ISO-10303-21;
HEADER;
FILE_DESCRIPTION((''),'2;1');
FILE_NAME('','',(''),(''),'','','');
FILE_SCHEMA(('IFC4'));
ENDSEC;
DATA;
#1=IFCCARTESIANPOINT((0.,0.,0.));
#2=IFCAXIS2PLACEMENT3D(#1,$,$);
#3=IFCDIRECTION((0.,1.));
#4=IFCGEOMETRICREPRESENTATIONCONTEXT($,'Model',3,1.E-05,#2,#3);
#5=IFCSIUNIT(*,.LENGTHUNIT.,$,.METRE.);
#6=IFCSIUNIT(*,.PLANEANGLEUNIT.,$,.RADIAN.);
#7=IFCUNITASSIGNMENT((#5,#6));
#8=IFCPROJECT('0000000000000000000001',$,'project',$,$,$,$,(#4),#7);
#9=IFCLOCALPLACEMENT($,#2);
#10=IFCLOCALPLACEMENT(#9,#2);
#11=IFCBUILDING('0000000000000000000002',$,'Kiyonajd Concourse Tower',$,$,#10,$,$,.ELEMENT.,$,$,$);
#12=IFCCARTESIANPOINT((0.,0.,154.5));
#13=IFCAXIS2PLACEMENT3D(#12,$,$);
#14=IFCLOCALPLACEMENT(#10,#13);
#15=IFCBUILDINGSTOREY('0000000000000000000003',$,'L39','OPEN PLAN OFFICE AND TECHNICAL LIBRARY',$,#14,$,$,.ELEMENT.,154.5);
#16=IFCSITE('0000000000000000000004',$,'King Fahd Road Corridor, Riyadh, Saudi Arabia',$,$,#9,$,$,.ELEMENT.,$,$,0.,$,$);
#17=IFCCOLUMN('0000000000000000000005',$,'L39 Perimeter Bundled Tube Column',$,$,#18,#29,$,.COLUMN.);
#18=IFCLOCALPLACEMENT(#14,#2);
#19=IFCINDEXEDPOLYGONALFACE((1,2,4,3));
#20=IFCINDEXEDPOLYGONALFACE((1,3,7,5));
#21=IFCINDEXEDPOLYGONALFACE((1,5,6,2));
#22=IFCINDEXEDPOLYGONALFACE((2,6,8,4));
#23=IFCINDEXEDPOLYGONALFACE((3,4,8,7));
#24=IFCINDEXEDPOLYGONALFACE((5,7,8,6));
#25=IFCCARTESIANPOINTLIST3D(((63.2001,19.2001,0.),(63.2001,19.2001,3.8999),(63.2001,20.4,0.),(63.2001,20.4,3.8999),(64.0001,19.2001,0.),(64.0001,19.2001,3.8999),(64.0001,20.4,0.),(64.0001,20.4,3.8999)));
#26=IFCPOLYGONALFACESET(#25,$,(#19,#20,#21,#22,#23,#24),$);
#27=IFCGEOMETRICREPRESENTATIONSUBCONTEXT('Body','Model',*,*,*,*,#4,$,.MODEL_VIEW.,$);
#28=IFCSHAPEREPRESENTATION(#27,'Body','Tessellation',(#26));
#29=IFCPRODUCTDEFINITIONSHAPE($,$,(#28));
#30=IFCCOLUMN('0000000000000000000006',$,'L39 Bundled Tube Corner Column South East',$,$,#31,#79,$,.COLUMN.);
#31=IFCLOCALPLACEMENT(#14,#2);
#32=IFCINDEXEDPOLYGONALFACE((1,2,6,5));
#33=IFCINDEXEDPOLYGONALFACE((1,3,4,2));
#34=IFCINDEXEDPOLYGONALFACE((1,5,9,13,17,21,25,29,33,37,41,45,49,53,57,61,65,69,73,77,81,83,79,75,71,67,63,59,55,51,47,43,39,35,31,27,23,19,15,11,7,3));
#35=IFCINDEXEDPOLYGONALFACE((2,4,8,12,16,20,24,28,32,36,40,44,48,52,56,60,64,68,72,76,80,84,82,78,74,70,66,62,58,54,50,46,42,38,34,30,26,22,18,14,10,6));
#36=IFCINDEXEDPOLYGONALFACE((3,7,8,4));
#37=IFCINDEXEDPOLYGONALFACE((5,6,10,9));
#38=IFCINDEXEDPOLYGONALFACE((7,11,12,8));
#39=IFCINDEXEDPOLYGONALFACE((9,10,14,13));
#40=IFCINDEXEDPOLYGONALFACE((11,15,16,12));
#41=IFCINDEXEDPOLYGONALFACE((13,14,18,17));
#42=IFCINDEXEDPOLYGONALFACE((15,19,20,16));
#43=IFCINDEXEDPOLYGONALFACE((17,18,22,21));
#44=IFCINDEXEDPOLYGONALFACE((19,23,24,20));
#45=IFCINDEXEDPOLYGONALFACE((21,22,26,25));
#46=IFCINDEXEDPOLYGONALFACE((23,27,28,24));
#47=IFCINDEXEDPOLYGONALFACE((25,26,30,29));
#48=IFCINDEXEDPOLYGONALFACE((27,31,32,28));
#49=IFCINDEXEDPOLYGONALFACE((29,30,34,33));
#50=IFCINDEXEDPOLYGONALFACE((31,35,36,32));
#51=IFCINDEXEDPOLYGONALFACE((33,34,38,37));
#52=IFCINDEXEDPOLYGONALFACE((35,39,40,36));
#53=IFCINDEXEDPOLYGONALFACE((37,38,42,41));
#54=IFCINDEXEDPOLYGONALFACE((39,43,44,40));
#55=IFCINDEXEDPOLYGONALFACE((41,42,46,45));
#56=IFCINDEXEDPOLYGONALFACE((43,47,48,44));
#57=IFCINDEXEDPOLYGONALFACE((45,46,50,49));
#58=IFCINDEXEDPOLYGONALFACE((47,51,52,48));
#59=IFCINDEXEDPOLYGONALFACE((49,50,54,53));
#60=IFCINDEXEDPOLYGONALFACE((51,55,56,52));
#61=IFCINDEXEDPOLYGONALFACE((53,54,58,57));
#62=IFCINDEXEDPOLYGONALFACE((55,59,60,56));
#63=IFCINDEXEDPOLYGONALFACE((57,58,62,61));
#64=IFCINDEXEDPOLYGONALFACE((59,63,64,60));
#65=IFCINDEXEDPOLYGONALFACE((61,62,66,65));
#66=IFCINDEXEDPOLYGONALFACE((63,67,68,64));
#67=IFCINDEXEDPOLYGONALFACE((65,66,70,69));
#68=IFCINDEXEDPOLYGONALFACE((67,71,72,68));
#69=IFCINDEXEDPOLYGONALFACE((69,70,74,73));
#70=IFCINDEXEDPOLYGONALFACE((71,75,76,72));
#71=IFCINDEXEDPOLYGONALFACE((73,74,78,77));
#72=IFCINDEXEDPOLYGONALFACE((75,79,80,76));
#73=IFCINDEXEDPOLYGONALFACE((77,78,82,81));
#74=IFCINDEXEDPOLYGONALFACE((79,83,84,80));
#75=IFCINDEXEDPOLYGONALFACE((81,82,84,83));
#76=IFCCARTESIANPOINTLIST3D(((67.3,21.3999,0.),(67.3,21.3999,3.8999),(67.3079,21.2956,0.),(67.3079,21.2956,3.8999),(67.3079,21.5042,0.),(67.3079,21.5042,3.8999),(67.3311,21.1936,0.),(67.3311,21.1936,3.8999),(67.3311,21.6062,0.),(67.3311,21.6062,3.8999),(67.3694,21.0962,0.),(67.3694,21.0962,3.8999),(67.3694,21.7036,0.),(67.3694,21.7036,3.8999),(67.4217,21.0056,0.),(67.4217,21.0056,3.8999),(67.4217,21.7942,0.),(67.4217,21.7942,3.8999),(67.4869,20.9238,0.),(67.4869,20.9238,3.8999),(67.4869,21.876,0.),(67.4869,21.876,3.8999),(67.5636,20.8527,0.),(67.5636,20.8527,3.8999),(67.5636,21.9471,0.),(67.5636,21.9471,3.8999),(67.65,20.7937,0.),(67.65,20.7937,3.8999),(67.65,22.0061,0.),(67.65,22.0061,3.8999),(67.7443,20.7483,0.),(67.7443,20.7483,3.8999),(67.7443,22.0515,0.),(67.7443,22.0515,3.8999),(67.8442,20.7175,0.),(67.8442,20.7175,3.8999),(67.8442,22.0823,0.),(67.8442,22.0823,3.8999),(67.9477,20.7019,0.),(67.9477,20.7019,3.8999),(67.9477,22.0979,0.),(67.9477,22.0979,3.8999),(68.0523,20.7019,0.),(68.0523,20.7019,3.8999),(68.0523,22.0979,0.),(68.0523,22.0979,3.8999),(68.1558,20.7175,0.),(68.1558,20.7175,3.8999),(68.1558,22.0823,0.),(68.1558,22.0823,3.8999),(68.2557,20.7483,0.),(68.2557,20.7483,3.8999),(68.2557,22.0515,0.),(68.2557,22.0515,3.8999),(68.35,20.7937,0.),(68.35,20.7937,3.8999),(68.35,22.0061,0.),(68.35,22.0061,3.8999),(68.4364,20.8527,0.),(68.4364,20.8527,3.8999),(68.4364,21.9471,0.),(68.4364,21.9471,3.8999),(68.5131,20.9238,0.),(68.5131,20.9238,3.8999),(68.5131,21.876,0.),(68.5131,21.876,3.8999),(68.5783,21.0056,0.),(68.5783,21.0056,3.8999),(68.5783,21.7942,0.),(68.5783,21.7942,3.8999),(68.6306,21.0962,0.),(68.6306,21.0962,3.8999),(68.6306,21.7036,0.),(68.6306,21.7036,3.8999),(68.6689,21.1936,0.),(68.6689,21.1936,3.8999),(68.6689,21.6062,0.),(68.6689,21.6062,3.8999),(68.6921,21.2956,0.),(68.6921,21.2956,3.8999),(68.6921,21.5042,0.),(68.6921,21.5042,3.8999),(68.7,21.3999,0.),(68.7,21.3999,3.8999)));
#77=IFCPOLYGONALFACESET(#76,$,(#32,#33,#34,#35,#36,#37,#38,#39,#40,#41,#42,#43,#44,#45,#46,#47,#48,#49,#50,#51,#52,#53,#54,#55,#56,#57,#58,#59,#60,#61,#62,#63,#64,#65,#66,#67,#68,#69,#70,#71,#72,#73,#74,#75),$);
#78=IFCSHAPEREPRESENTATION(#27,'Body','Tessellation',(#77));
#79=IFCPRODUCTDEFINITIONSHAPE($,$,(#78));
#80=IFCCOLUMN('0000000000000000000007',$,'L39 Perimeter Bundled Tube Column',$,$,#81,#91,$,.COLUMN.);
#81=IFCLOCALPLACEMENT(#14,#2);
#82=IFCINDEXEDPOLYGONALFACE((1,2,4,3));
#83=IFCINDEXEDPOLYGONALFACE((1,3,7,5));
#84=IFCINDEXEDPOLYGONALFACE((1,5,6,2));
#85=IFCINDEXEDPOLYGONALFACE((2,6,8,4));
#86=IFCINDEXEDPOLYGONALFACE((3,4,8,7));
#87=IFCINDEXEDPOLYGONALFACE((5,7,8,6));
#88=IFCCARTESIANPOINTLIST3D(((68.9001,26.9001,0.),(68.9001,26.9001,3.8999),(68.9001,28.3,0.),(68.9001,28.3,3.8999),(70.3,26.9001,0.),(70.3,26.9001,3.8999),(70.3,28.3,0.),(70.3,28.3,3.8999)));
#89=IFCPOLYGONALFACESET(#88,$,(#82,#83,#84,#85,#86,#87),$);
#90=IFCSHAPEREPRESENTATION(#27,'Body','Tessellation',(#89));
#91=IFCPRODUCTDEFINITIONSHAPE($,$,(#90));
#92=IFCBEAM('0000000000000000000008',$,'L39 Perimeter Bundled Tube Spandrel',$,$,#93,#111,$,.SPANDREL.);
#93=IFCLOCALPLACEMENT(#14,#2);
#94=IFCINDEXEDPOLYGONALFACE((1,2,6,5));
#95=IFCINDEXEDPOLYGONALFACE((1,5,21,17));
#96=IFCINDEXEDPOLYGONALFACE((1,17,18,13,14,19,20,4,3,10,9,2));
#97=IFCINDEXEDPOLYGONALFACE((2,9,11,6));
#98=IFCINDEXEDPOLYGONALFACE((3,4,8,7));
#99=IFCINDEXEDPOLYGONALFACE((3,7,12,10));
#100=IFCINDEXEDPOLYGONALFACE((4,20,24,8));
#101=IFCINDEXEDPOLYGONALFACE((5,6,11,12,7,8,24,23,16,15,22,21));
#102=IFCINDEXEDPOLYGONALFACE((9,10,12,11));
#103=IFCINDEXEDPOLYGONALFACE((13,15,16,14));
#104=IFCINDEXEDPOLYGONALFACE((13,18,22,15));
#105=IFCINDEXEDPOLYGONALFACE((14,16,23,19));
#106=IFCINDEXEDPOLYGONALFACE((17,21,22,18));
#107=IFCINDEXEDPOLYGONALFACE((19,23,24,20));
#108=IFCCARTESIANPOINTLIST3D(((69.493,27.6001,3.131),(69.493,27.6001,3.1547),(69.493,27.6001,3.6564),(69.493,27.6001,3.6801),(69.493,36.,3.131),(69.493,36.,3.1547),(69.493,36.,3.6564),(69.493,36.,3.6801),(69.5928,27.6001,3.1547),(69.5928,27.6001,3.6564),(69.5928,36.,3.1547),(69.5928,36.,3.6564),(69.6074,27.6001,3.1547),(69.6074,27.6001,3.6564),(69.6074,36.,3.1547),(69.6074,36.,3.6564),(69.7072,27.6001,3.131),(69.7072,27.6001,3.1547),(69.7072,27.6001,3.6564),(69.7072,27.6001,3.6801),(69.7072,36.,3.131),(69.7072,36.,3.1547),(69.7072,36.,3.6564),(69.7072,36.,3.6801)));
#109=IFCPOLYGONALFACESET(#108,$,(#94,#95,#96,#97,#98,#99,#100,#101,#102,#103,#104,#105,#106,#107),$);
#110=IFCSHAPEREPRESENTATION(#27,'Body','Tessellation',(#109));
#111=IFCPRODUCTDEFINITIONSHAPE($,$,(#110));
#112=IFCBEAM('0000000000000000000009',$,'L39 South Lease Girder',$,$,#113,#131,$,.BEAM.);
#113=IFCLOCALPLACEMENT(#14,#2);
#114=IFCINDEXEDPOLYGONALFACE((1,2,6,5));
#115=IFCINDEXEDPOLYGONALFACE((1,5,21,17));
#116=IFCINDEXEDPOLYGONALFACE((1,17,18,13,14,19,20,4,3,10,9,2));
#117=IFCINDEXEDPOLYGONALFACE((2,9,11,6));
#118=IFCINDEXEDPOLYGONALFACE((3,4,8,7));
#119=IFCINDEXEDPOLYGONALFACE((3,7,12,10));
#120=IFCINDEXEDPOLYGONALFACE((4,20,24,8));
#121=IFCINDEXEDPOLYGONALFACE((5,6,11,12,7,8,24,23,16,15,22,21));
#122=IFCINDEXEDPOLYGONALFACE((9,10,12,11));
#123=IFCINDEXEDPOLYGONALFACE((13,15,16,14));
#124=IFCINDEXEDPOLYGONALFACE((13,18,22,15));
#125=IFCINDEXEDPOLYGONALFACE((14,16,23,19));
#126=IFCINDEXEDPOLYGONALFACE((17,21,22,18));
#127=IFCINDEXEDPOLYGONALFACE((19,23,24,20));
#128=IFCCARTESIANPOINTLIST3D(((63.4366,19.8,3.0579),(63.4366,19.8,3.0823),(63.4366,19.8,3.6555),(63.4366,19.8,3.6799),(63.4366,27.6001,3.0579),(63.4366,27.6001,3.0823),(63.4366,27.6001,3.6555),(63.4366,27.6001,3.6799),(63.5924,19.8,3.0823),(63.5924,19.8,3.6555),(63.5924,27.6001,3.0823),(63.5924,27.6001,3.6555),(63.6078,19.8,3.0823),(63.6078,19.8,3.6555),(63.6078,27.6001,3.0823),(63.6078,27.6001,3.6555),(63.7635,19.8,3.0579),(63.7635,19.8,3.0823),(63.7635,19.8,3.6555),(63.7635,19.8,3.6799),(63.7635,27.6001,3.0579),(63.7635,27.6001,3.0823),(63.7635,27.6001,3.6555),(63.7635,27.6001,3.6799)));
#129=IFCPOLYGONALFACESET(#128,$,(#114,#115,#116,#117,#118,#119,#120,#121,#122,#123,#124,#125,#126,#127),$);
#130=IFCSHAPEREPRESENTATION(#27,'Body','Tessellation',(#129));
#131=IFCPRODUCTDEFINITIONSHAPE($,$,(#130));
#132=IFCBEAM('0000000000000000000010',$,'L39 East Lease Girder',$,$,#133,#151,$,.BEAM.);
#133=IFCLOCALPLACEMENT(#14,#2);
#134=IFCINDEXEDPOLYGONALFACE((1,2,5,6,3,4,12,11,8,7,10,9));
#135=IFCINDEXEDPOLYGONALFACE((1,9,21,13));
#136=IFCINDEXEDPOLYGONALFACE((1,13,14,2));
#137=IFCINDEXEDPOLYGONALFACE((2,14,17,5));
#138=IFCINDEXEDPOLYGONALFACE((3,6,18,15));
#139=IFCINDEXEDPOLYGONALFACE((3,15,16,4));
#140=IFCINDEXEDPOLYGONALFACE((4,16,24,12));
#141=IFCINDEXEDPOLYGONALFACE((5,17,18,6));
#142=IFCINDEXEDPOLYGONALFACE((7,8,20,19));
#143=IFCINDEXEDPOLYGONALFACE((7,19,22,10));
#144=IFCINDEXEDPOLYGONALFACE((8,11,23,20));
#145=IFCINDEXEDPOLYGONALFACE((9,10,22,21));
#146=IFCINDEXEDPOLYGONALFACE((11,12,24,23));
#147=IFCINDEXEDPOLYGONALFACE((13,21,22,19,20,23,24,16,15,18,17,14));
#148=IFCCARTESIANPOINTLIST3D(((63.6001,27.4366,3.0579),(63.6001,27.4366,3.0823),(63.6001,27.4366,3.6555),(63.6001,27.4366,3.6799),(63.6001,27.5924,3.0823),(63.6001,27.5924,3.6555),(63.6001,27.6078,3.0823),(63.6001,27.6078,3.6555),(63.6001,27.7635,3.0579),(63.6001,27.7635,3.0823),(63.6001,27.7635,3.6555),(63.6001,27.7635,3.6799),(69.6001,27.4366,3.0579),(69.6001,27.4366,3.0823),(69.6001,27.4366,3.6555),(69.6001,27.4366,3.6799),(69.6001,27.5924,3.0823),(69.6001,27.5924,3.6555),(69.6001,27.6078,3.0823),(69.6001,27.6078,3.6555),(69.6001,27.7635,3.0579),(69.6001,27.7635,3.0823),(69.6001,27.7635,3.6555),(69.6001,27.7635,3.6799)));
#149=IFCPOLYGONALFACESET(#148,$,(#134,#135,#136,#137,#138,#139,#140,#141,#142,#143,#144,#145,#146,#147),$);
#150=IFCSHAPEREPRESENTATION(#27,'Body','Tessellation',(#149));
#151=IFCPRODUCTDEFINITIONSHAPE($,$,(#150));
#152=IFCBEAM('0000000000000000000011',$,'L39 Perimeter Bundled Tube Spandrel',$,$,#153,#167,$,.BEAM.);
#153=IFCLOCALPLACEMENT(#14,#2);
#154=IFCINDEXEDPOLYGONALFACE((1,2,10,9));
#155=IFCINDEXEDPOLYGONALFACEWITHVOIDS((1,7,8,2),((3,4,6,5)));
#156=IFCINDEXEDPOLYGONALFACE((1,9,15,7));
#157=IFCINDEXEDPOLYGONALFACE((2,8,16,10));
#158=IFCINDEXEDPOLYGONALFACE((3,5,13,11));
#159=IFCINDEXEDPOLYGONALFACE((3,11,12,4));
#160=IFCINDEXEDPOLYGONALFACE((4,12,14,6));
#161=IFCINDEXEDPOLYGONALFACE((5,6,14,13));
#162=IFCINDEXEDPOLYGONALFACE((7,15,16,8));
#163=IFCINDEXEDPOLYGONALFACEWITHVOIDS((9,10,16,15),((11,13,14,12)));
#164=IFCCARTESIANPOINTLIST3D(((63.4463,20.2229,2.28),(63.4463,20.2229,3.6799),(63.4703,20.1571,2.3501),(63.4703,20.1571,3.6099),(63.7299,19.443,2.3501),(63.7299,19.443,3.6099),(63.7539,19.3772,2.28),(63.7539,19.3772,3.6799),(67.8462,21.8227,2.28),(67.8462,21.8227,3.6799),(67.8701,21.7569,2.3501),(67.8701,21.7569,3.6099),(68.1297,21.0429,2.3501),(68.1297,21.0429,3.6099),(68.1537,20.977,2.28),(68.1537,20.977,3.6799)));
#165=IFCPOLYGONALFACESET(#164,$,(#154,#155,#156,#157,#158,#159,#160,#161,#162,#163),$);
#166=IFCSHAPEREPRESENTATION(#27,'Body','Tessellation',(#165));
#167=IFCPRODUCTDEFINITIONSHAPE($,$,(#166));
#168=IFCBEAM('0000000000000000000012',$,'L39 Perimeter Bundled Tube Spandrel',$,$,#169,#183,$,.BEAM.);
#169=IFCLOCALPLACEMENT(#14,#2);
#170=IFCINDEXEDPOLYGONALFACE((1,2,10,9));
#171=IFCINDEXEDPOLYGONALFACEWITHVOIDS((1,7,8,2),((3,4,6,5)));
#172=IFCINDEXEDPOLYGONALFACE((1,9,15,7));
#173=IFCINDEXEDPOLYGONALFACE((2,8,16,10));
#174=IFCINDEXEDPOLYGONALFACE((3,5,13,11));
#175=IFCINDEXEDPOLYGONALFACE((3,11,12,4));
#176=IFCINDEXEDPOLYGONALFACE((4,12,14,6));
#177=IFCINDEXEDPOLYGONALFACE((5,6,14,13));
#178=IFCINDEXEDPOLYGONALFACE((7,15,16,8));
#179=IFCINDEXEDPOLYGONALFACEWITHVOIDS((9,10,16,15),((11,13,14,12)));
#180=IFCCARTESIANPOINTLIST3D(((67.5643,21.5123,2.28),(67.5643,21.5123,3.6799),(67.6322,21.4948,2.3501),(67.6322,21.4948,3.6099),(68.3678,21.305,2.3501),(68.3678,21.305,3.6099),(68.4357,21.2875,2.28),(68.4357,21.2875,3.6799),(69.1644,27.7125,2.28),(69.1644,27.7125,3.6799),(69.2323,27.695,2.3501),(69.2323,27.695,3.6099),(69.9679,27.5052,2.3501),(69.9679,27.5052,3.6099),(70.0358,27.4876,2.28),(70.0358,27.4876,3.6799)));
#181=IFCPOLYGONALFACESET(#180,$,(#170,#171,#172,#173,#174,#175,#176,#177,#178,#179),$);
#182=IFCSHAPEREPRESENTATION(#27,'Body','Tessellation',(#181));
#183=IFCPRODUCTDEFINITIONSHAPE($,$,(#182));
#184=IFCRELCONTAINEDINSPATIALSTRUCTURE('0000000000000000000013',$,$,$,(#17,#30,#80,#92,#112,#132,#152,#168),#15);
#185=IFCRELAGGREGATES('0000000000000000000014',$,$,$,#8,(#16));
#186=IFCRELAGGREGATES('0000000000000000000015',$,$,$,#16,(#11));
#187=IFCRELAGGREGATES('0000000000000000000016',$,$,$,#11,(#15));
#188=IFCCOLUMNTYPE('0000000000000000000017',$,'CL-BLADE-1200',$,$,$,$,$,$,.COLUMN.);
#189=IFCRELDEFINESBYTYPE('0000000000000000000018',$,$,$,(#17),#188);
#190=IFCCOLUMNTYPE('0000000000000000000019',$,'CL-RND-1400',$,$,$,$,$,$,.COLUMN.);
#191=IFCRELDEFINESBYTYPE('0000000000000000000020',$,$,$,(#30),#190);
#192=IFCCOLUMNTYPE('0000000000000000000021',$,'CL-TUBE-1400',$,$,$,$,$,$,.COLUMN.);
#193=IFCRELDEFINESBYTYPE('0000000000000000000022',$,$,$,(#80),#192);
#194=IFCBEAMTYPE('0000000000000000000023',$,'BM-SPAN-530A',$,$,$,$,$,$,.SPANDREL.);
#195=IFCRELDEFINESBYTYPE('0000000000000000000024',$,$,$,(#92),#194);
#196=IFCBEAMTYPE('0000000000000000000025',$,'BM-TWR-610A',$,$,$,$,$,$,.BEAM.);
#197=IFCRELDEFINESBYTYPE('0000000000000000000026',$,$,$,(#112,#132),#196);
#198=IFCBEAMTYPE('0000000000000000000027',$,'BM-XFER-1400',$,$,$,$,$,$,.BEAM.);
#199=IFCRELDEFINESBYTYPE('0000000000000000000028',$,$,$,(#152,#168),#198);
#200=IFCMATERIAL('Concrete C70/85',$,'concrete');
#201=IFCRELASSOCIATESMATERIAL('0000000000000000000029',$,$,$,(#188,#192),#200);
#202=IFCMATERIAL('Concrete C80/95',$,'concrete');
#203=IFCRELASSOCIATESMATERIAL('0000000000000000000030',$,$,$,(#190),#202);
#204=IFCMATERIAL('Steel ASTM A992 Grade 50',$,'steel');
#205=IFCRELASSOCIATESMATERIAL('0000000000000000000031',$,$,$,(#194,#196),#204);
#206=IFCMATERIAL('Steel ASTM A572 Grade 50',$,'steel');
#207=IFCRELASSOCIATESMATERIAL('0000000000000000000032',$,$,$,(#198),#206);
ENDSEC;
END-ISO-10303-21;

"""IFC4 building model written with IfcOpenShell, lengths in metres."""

from ifc_helpers import new_model, si_unit, direction, frame, origin, origin_2d, place, context, subcontext, project, spatial, rectangle, hollow_rectangle, circle, i_section, extrude, material, material_profile, profile_set, type_object, element, save


model = new_model("IFC4")

# Units and contexts
model_context = context("Model", 3, precision=1e-05, world=origin(), true_north=direction((0.0, 1.0)))
body_context = subcontext(model_context, "Body", "Model", "MODEL_VIEW")
ifc_project = project(units=[si_unit("LENGTHUNIT", "METRE"), si_unit("PLANEANGLEUNIT", "RADIAN")], contexts=[model_context])

# Site, building, storey
site_placement = place(None, origin())
site = spatial("IfcSite", under=ifc_project, at=site_placement, Name="King Fahd Road Corridor, Riyadh, Saudi Arabia", CompositionType="ELEMENT", RefElevation=0.0)
building_placement = place(site_placement, origin())
building = spatial("IfcBuilding", under=site, at=building_placement, Name="Kiyonajd Concourse Tower", CompositionType="ELEMENT")
storey_placement = place(building_placement, frame((0.0, 0.0, 154.5)))
storey = spatial("IfcBuildingStorey", under=building, at=storey_placement, Name="L39", Description="OPEN PLAN OFFICE AND TECHNICAL LIBRARY", CompositionType="ELEMENT", Elevation=154.5)

# Columns
ifc_material_1 = material(Name="Concrete C70/85", Category="concrete")
ifc_material_profile_1 = material_profile(ifc_material_1, rectangle(XDim=0.8, YDim=1.2, at=origin_2d()), Name="RC-1200x800")
ifc_profile_set_1 = profile_set([ifc_material_profile_1], Name="Concrete C70/85")
column_type_1 = type_object("IfcColumnType", Name="CL-BLADE-1200", PredefinedType="COLUMN", material=ifc_profile_set_1)
column_1_placement = place(storey_placement, frame((63.6001, 19.8, 0.0), z_axis=(0.0, 0.0, 1.0), x_axis=(1.0, 0.0, 0.0)))
element("IfcColumn", 1, at=column_1_placement, inside=storey, type_object=column_type_1, Name="L39 Perimeter Bundled Tube Column", PredefinedType="COLUMN", context=body_context, shape_type="SweptSolid", body=[
    extrude(rectangle(XDim=0.8, YDim=1.2, at=origin_2d()), origin(), (0.0, 0.0, 1.0), 3.8999),
])
ifc_material_2 = material(Name="Concrete C80/95", Category="concrete")
ifc_material_profile_2 = material_profile(ifc_material_2, circle(Radius=0.7, at=origin_2d()), Name="RCC-D1400")
ifc_profile_set_2 = profile_set([ifc_material_profile_2], Name="Concrete C80/95")
column_type_2 = type_object("IfcColumnType", Name="CL-RND-1400", PredefinedType="COLUMN", material=ifc_profile_set_2)
column_2_placement = place(storey_placement, frame((68.0, 21.3999, 0.0), z_axis=(0.0, 0.0, 1.0), x_axis=(1.0, 0.0, 0.0)))
element("IfcColumn", 2, at=column_2_placement, inside=storey, type_object=column_type_2, Name="L39 Bundled Tube Corner Column South East", PredefinedType="COLUMN", context=body_context, shape_type="SweptSolid", body=[
    extrude(circle(Radius=0.7, at=origin_2d()), origin(), (0.0, 0.0, 1.0), 3.8999),
])
ifc_material_profile_3 = material_profile(ifc_material_1, rectangle(XDim=1.3999, YDim=1.3999, at=origin_2d()), Name="RC-1400x1400")
ifc_profile_set_3 = profile_set([ifc_material_profile_3], Name="Concrete C70/85")
column_type_3 = type_object("IfcColumnType", Name="CL-TUBE-1400", PredefinedType="COLUMN", material=ifc_profile_set_3)
column_3_placement = place(storey_placement, frame((69.6001, 27.6001, 0.0), z_axis=(0.0, 0.0, 1.0), x_axis=(1.0, 0.0, 0.0)))
element("IfcColumn", 3, at=column_3_placement, inside=storey, type_object=column_type_3, Name="L39 Perimeter Bundled Tube Column", PredefinedType="COLUMN", context=body_context, shape_type="SweptSolid", body=[
    extrude(rectangle(XDim=1.3999, YDim=1.3999, at=origin_2d()), origin(), (0.0, 0.0, 1.0), 3.8999),
])

# Beams
ifc_material_3 = material(Name="Steel ASTM A992 Grade 50", Category="steel")
ifc_material_profile_4 = material_profile(ifc_material_3, i_section(OverallWidth=0.2141, OverallDepth=0.5491, WebThickness=0.0146, FlangeThickness=0.0237, at=origin_2d()), Name="W530X138")
ifc_profile_set_4 = profile_set([ifc_material_profile_4], Name="Steel ASTM A992 Grade 50")
beam_type_1 = type_object("IfcBeamType", Name="BM-SPAN-530A", PredefinedType="SPANDREL", material=ifc_profile_set_4)
beam_1_placement = place(storey_placement, frame((69.6001, 27.6001, 3.4055), z_axis=(0.0, 1.0, 0.0), x_axis=(-1.0, 0.0, 0.0)))
element("IfcBeam", 4, at=beam_1_placement, inside=storey, type_object=beam_type_1, Name="L39 Perimeter Bundled Tube Spandrel", PredefinedType="SPANDREL", context=body_context, shape_type="SweptSolid", body=[
    extrude(i_section(OverallWidth=0.2141, OverallDepth=0.5491, WebThickness=0.0146, FlangeThickness=0.0237, at=origin_2d()), origin(), (0.0, 0.0, 1.0), 8.3999),
])
ifc_material_profile_5 = material_profile(ifc_material_3, i_section(OverallWidth=0.3269, OverallDepth=0.6221, WebThickness=0.0154, FlangeThickness=0.0244, at=origin_2d()), Name="W610X195")
ifc_profile_set_5 = profile_set([ifc_material_profile_5], Name="Steel ASTM A992 Grade 50")
beam_type_2 = type_object("IfcBeamType", Name="BM-TWR-610A", PredefinedType="BEAM", material=ifc_profile_set_5)
beam_2_placement = place(storey_placement, frame((63.6001, 19.8, 3.3689), z_axis=(0.0, 1.0, 0.0), x_axis=(-1.0, 0.0, 0.0)))
element("IfcBeam", 5, at=beam_2_placement, inside=storey, type_object=beam_type_2, Name="L39 South Lease Girder", PredefinedType="BEAM", context=body_context, shape_type="SweptSolid", body=[
    extrude(i_section(OverallWidth=0.3269, OverallDepth=0.6221, WebThickness=0.0154, FlangeThickness=0.0244, at=origin_2d()), origin(), (0.0, 0.0, 1.0), 7.8),
])
beam_3_placement = place(storey_placement, frame((63.6001, 27.6001, 3.3689), z_axis=(1.0, 0.0, 0.0), x_axis=(0.0, 1.0, 0.0)))
element("IfcBeam", 6, at=beam_3_placement, inside=storey, type_object=beam_type_2, Name="L39 East Lease Girder", PredefinedType="BEAM", context=body_context, shape_type="SweptSolid", body=[
    extrude(i_section(OverallWidth=0.3269, OverallDepth=0.6221, WebThickness=0.0154, FlangeThickness=0.0244, at=origin_2d()), origin(), (0.0, 0.0, 1.0), 6.0),
])
ifc_material_4 = material(Name="Steel ASTM A572 Grade 50", Category="steel")
ifc_material_profile_6 = material_profile(ifc_material_4, hollow_rectangle(XDim=0.8999, YDim=1.3999, WallThickness=0.0701, at=origin_2d()), Name="BOX-1400x900x70")
ifc_profile_set_6 = profile_set([ifc_material_profile_6], Name="Steel ASTM A572 Grade 50")
beam_type_3 = type_object("IfcBeamType", Name="BM-XFER-1400", PredefinedType="BEAM", material=ifc_profile_set_6)
beam_4_placement = place(storey_placement, frame((63.6001, 19.8, 2.98), z_axis=(0.939801, 0.341722, 0.0), x_axis=(-0.341722, 0.939801, 0.0)))
element("IfcBeam", 7, at=beam_4_placement, inside=storey, type_object=beam_type_3, Name="L39 Perimeter Bundled Tube Spandrel", PredefinedType="BEAM", context=body_context, shape_type="SweptSolid", body=[
    extrude(hollow_rectangle(XDim=0.8999, YDim=1.3999, WallThickness=0.0701, at=origin_2d()), origin(), (0.0, 0.0, 1.0), 4.6816),
])
beam_5_placement = place(storey_placement, frame((68.0, 21.3999, 2.98), z_axis=(0.249885, 0.968276, 0.0), x_axis=(-0.968276, 0.249885, 0.0)))
element("IfcBeam", 8, at=beam_5_placement, inside=storey, type_object=beam_type_3, Name="L39 Perimeter Bundled Tube Spandrel", PredefinedType="BEAM", context=body_context, shape_type="SweptSolid", body=[
    extrude(hollow_rectangle(XDim=0.8999, YDim=1.3999, WallThickness=0.0701, at=origin_2d()), origin(), (0.0, 0.0, 1.0), 6.4033),
])

save(model, "model.ifc")
